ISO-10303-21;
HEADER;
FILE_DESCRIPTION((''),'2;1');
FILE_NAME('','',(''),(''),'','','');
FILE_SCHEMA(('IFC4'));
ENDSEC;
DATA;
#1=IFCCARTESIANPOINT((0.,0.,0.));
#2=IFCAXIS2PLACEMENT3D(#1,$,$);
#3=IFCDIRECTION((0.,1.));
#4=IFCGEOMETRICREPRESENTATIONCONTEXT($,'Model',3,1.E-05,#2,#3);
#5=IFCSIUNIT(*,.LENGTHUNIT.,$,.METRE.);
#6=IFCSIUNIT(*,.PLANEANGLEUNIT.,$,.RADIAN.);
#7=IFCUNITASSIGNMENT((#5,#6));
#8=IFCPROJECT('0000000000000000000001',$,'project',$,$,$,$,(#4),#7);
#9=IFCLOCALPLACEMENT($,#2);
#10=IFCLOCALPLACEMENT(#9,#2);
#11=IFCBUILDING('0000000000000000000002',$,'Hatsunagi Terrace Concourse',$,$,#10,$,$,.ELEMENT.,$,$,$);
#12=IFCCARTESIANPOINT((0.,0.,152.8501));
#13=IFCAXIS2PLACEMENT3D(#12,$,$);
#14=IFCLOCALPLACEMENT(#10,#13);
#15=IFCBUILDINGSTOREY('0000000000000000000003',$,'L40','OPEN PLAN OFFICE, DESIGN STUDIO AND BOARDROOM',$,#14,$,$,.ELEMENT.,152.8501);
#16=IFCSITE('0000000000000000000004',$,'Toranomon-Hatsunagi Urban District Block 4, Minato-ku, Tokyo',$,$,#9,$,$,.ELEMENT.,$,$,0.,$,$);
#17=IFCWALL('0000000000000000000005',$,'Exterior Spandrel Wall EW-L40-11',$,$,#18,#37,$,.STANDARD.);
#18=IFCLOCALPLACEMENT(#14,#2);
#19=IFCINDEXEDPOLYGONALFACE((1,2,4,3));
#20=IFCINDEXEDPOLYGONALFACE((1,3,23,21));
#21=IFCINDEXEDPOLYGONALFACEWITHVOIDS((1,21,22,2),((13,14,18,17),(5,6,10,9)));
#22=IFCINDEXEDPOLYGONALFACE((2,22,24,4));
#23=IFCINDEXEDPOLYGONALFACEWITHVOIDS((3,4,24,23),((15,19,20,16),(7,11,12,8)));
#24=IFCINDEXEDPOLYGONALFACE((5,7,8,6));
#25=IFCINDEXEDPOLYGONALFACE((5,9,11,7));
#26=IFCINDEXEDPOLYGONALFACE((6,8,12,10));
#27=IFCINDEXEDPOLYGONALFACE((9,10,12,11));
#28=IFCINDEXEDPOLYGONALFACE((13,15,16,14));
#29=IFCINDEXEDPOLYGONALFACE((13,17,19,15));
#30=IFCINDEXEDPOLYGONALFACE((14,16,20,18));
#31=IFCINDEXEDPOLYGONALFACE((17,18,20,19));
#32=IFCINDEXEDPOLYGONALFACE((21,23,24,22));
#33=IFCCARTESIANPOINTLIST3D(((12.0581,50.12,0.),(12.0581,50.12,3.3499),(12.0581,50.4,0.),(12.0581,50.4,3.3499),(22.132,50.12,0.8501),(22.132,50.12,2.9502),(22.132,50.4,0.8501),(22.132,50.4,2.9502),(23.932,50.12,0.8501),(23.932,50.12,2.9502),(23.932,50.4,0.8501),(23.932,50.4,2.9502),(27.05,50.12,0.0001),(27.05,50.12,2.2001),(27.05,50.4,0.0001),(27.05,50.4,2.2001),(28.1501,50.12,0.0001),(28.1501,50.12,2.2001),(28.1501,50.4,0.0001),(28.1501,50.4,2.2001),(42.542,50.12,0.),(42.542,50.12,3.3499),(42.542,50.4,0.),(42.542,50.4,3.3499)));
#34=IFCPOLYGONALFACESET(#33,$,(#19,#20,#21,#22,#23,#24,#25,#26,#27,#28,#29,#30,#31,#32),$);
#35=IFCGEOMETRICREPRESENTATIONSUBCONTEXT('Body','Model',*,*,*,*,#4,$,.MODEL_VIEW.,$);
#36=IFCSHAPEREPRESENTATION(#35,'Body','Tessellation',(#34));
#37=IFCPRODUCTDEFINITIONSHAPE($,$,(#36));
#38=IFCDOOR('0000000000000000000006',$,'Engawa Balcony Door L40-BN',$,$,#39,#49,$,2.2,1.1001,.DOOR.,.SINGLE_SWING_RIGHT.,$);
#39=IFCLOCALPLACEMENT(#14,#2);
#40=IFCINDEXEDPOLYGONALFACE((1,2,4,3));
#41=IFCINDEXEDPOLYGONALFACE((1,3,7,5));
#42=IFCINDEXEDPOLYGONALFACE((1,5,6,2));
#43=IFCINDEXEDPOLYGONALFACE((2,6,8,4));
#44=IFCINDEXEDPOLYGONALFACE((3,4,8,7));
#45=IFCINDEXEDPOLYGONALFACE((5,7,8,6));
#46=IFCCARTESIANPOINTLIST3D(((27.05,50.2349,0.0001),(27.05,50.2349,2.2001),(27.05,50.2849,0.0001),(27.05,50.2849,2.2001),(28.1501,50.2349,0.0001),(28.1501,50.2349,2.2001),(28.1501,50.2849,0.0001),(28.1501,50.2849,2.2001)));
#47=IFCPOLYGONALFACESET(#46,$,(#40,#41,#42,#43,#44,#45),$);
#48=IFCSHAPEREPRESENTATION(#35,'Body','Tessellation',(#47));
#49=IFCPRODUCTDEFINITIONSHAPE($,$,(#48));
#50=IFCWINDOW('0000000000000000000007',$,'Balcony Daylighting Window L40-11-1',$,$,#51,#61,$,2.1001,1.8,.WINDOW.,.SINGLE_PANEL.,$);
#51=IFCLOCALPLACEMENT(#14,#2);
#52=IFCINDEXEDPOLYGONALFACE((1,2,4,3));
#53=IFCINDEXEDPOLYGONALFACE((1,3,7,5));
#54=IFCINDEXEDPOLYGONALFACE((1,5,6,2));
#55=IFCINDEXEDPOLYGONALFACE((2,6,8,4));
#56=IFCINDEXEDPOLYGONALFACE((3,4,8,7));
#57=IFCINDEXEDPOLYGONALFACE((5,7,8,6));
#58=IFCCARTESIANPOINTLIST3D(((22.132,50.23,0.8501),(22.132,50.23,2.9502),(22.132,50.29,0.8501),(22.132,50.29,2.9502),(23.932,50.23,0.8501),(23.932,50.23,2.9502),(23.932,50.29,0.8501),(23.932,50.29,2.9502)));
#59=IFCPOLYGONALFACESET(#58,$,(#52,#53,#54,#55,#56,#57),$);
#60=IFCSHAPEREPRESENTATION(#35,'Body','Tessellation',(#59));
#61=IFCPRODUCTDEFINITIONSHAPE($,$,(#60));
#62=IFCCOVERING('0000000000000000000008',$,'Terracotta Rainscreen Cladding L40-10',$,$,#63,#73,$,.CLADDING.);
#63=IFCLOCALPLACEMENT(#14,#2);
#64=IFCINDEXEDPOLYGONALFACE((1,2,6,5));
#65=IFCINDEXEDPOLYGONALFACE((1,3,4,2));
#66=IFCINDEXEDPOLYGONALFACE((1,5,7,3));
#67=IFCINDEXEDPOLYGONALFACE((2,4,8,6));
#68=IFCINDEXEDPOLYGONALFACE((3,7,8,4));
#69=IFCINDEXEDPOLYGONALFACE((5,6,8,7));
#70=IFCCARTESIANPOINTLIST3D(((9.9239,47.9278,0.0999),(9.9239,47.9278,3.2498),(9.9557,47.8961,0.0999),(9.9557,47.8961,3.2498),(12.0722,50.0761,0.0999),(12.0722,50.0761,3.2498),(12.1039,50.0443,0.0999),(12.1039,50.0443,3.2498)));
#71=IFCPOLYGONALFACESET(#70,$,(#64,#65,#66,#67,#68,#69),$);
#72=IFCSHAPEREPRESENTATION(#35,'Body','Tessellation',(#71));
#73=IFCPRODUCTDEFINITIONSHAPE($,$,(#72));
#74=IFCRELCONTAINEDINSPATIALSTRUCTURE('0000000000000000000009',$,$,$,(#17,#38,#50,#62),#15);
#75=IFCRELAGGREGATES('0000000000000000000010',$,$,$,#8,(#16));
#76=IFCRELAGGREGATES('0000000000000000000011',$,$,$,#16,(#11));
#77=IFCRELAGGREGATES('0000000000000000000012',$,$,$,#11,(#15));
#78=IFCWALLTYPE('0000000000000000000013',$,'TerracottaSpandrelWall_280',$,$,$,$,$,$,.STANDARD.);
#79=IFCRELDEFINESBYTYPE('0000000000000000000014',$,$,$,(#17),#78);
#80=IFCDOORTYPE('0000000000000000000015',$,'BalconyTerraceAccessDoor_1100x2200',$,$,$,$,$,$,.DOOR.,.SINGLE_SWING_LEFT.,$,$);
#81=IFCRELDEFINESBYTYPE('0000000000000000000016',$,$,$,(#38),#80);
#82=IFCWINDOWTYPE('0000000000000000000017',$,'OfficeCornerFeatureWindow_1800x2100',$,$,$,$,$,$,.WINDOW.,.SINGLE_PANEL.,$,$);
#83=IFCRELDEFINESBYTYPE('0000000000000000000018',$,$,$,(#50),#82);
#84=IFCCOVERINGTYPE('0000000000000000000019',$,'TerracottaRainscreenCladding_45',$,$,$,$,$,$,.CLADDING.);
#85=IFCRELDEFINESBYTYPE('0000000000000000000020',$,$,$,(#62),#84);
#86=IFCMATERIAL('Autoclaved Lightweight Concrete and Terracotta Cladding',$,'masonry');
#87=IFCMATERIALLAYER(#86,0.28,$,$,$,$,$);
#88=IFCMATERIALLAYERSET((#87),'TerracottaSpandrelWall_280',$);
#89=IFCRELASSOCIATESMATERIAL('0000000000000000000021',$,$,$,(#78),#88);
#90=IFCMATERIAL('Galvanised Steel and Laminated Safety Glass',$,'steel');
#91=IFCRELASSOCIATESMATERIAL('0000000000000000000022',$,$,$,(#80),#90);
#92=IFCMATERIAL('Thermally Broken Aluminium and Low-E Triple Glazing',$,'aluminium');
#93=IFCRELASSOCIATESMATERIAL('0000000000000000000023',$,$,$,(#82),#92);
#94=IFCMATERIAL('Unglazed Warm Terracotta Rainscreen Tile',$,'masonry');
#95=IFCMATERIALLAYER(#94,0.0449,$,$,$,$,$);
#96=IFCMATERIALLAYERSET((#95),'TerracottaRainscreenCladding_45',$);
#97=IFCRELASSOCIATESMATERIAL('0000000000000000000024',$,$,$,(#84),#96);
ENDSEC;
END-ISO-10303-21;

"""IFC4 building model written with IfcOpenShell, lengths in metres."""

from ifc_helpers import new_model, si_unit, direction, frame, frame_2d, origin, origin_2d, place, context, subcontext, project, spatial, rectangle, extrude, material, layer, layer_set, type_object, element, fill, save


model = new_model("IFC4")

# Units and contexts
model_context = context("Model", 3, precision=1e-05, world=origin(), true_north=direction((0.0, 1.0)))
body_context = subcontext(model_context, "Body", "Model", "MODEL_VIEW")
ifc_project = project(units=[si_unit("LENGTHUNIT", "METRE"), si_unit("PLANEANGLEUNIT", "RADIAN")], contexts=[model_context])

# Site, building, storey
site_placement = place(None, origin())
site = spatial("IfcSite", under=ifc_project, at=site_placement, Name="Toranomon-Hatsunagi Urban District Block 4, Minato-ku, Tokyo", CompositionType="ELEMENT", RefElevation=0.0)
building_placement = place(site_placement, origin())
building = spatial("IfcBuilding", under=site, at=building_placement, Name="Hatsunagi Terrace Concourse", CompositionType="ELEMENT")
storey_placement = place(building_placement, frame((0.0, 0.0, 152.8501)))
storey = spatial("IfcBuildingStorey", under=building, at=storey_placement, Name="L40", Description="OPEN PLAN OFFICE, DESIGN STUDIO AND BOARDROOM", CompositionType="ELEMENT", Elevation=152.8501)

# Shared definitions
ifc_material_1 = material(Name="Autoclaved Lightweight Concrete and Terracotta Cladding", Category="masonry")
ifc_layer_1 = layer(ifc_material_1, 0.28)
ifc_layer_set_1 = layer_set([ifc_layer_1], Name="TerracottaSpandrelWall_280")
wall_type = type_object("IfcWallType", Name="TerracottaSpandrelWall_280", PredefinedType="STANDARD", material=ifc_layer_set_1)

# Wall, openings, door, window
wall_1_placement = place(storey_placement, frame((12.0581, 50.26, 0.0), z_axis=(0.0, 0.0, 1.0), x_axis=(1.0, 0.0, 0.0)))
wall_1 = element("IfcWall", 1, at=wall_1_placement, inside=storey, type_object=wall_type, Name="Exterior Spandrel Wall EW-L40-11", PredefinedType="STANDARD", context=body_context, shape_type="SweptSolid", body=[
    extrude(rectangle(XDim=30.4839, YDim=0.28, at=frame_2d((15.2419, 0.0))), origin(), (0.0, 0.0, 1.0), 3.3499),
])
opening_1_placement = place(wall_1_placement, frame((14.9919, 0.0, 0.0)))
opening_1 = element("IfcOpeningElement", 2, at=opening_1_placement, cuts=wall_1, PredefinedType="OPENING", context=body_context, shape_type="SweptSolid", body=[
    extrude(rectangle(XDim=1.1001, YDim=2.2, at=frame_2d((0.55, 1.1001))), frame((0.0, 0.1499, 0.0), z_axis=(0.0, -1.0, 0.0), x_axis=(1.0, 0.0, 0.0)), (0.0, 0.0, 1.0), 0.3),
])
opening_2_placement = place(wall_1_placement, frame((10.074, 0.0, 0.8501)))
opening_2 = element("IfcOpeningElement", 3, at=opening_2_placement, cuts=wall_1, PredefinedType="OPENING", context=body_context, shape_type="SweptSolid", body=[
    extrude(rectangle(XDim=1.8, YDim=2.1001, at=frame_2d((0.8999, 1.05))), frame((0.0, 0.1499, 0.0), z_axis=(0.0, -1.0, 0.0), x_axis=(1.0, 0.0, 0.0)), (0.0, 0.0, 1.0), 0.3),
])
ifc_material_2 = material(Name="Galvanised Steel and Laminated Safety Glass", Category="steel")
door_type = type_object("IfcDoorType", Name="BalconyTerraceAccessDoor_1100x2200", OperationType="SINGLE_SWING_LEFT", PredefinedType="DOOR", material=ifc_material_2)
door_placement = place(opening_1_placement, origin())
door = element("IfcDoor", 4, at=door_placement, inside=storey, type_object=door_type, Name="Engawa Balcony Door L40-BN", OperationType="SINGLE_SWING_RIGHT", OverallHeight=2.2, OverallWidth=1.1001, PredefinedType="DOOR", context=body_context, shape_type="SweptSolid", body=[
    extrude(rectangle(XDim=1.1001, YDim=2.2, at=frame_2d((0.55, 1.1001))), frame((0.0, 0.0249, 0.0), z_axis=(0.0, -1.0, 0.0), x_axis=(1.0, 0.0, 0.0)), (0.0, 0.0, 1.0), 0.05),
])
fill(opening_1, door)
ifc_material_3 = material(Name="Thermally Broken Aluminium and Low-E Triple Glazing", Category="aluminium")
window_type = type_object("IfcWindowType", Name="OfficeCornerFeatureWindow_1800x2100", PartitioningType="SINGLE_PANEL", PredefinedType="WINDOW", material=ifc_material_3)
window_placement = place(opening_2_placement, origin())
window = element("IfcWindow", 5, at=window_placement, inside=storey, type_object=window_type, Name="Balcony Daylighting Window L40-11-1", OverallHeight=2.1001, OverallWidth=1.8, PartitioningType="SINGLE_PANEL", PredefinedType="WINDOW", context=body_context, shape_type="SweptSolid", body=[
    extrude(rectangle(XDim=1.8, YDim=2.1001, at=frame_2d((0.8999, 1.05))), frame((0.0, 0.03, 0.0), z_axis=(0.0, -1.0, 0.0), x_axis=(1.0, 0.0, 0.0)), (0.0, 0.0, 1.0), 0.0601),
])
fill(opening_2, window)

# Covering
ifc_material_4 = material(Name="Unglazed Warm Terracotta Rainscreen Tile", Category="masonry")
ifc_layer_2 = layer(ifc_material_4, 0.0449)
ifc_layer_set_2 = layer_set([ifc_layer_2], Name="TerracottaRainscreenCladding_45")
covering_type = type_object("IfcCoveringType", Name="TerracottaRainscreenCladding_45", PredefinedType="CLADDING", material=ifc_layer_set_2)
covering_placement = place(storey_placement, frame((11.0139, 48.9861, 0.0999), z_axis=(0.0, 0.0, 1.0), x_axis=(0.707107, 0.707107, 0.0)))
element("IfcCovering", 6, at=covering_placement, inside=storey, type_object=covering_type, Name="Terracotta Rainscreen Cladding L40-10", PredefinedType="CLADDING", context=body_context, shape_type="SweptSolid", body=[
    extrude(rectangle(XDim=3.0381, YDim=0.0449, at=origin_2d()), origin(), (0.0, 0.0, 1.0), 3.1499),
])

save(model, "model.ifc")
